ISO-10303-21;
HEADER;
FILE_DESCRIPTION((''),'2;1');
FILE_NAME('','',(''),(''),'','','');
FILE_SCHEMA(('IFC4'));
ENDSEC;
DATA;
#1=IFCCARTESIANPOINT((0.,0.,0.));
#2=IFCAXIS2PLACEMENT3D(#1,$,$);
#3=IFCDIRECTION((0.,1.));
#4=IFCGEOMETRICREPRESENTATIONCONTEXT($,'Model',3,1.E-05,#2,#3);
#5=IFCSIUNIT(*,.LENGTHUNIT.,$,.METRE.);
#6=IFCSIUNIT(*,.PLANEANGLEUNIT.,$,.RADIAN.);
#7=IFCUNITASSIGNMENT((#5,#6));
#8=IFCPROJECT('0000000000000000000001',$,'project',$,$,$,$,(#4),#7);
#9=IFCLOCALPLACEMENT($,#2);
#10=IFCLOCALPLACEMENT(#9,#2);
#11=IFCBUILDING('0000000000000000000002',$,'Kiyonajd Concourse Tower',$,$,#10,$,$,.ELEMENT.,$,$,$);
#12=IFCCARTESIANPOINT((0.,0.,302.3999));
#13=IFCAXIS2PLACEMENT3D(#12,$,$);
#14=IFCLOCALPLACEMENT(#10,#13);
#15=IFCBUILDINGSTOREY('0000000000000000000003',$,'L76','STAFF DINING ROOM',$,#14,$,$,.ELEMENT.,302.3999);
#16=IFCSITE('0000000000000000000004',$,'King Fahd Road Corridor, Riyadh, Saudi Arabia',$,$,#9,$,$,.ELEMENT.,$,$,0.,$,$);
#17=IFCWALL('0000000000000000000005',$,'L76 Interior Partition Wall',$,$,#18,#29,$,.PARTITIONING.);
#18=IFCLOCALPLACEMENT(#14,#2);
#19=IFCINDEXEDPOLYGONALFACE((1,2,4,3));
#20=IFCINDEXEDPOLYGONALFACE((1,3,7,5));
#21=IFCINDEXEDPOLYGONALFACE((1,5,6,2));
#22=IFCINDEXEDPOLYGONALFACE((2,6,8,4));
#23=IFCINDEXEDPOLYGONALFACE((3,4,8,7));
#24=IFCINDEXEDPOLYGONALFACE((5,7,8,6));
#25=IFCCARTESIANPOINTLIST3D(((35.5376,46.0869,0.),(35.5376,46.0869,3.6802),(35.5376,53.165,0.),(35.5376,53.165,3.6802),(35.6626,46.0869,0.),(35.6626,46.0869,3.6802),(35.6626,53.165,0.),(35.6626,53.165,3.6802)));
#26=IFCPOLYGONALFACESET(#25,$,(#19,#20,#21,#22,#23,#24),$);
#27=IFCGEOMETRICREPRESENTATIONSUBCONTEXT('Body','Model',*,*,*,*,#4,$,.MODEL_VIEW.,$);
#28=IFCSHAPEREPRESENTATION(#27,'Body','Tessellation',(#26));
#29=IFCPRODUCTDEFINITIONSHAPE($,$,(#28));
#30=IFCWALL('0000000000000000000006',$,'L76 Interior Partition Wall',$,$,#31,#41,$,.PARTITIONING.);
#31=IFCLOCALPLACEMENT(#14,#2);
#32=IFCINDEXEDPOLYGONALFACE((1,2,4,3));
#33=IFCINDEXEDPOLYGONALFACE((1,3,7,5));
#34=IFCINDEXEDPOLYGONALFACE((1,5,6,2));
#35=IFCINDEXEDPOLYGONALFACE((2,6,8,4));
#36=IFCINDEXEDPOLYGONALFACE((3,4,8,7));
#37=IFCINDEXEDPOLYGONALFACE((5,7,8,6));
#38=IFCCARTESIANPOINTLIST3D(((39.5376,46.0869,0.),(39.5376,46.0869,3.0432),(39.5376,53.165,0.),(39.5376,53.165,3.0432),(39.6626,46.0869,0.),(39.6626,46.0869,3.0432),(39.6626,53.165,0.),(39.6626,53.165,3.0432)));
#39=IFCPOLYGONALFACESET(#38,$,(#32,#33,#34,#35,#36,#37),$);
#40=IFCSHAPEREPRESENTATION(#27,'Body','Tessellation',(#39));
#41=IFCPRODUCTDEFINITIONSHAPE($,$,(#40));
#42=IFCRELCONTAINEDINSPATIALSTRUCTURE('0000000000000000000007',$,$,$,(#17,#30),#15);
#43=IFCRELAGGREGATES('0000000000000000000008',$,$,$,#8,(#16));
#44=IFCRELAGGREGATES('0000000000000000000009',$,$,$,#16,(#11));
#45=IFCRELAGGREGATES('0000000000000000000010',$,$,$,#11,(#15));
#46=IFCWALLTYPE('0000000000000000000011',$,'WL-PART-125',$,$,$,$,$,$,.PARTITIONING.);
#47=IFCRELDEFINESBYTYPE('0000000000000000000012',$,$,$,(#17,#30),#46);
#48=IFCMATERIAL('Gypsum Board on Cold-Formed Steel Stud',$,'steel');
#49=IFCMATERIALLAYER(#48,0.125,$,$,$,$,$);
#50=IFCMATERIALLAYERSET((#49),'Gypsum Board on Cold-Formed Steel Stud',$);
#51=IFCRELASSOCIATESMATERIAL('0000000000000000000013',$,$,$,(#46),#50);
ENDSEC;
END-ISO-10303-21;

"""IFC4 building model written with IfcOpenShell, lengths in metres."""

from ifc_helpers import new_model, si_unit, direction, frame, frame_2d, origin, place, context, subcontext, project, spatial, rectangle, extrude, material, layer, layer_set, type_object, element, save


model = new_model("IFC4")

# Units and contexts
model_context = context("Model", 3, precision=1e-05, world=origin(), true_north=direction((0.0, 1.0)))
body_context = subcontext(model_context, "Body", "Model", "MODEL_VIEW")
ifc_project = project(units=[si_unit("LENGTHUNIT", "METRE"), si_unit("PLANEANGLEUNIT", "RADIAN")], contexts=[model_context])

# Site, building, storey
site_placement = place(None, origin())
site = spatial("IfcSite", under=ifc_project, at=site_placement, Name="King Fahd Road Corridor, Riyadh, Saudi Arabia", CompositionType="ELEMENT", RefElevation=0.0)
building_placement = place(site_placement, origin())
building = spatial("IfcBuilding", under=site, at=building_placement, Name="Kiyonajd Concourse Tower", CompositionType="ELEMENT")
storey_placement = place(building_placement, frame((0.0, 0.0, 302.3999)))
storey = spatial("IfcBuildingStorey", under=building, at=storey_placement, Name="L76", Description="STAFF DINING ROOM", CompositionType="ELEMENT", Elevation=302.3999)

# Walls
ifc_material_1 = material(Name="Gypsum Board on Cold-Formed Steel Stud", Category="steel")
ifc_layer_1 = layer(ifc_material_1, 0.125)
ifc_layer_set_1 = layer_set([ifc_layer_1], Name="Gypsum Board on Cold-Formed Steel Stud")
wall_type_1 = type_object("IfcWallType", Name="WL-PART-125", PredefinedType="PARTITIONING", material=ifc_layer_set_1)
wall_1_placement = place(storey_placement, frame((35.6001, 46.0869, 0.0), z_axis=(0.0, 0.0, 1.0), x_axis=(0.0, 1.0, 0.0)))
element("IfcWall", 1, at=wall_1_placement, inside=storey, type_object=wall_type_1, Name="L76 Interior Partition Wall", PredefinedType="PARTITIONING", context=body_context, shape_type="SweptSolid", body=[
    extrude(rectangle(XDim=7.0781, YDim=0.125, at=frame_2d((3.5391, 0.0))), origin(), (0.0, 0.0, 1.0), 3.6802),
])
wall_2_placement = place(storey_placement, frame((39.6001, 46.0869, 0.0), z_axis=(0.0, 0.0, 1.0), x_axis=(0.0, 1.0, 0.0)))
element("IfcWall", 2, at=wall_2_placement, inside=storey, type_object=wall_type_1, Name="L76 Interior Partition Wall", PredefinedType="PARTITIONING", context=body_context, shape_type="SweptSolid", body=[
    extrude(rectangle(XDim=7.0781, YDim=0.125, at=frame_2d((3.5391, 0.0))), origin(), (0.0, 0.0, 1.0), 3.0432),
])

save(model, "model.ifc")
